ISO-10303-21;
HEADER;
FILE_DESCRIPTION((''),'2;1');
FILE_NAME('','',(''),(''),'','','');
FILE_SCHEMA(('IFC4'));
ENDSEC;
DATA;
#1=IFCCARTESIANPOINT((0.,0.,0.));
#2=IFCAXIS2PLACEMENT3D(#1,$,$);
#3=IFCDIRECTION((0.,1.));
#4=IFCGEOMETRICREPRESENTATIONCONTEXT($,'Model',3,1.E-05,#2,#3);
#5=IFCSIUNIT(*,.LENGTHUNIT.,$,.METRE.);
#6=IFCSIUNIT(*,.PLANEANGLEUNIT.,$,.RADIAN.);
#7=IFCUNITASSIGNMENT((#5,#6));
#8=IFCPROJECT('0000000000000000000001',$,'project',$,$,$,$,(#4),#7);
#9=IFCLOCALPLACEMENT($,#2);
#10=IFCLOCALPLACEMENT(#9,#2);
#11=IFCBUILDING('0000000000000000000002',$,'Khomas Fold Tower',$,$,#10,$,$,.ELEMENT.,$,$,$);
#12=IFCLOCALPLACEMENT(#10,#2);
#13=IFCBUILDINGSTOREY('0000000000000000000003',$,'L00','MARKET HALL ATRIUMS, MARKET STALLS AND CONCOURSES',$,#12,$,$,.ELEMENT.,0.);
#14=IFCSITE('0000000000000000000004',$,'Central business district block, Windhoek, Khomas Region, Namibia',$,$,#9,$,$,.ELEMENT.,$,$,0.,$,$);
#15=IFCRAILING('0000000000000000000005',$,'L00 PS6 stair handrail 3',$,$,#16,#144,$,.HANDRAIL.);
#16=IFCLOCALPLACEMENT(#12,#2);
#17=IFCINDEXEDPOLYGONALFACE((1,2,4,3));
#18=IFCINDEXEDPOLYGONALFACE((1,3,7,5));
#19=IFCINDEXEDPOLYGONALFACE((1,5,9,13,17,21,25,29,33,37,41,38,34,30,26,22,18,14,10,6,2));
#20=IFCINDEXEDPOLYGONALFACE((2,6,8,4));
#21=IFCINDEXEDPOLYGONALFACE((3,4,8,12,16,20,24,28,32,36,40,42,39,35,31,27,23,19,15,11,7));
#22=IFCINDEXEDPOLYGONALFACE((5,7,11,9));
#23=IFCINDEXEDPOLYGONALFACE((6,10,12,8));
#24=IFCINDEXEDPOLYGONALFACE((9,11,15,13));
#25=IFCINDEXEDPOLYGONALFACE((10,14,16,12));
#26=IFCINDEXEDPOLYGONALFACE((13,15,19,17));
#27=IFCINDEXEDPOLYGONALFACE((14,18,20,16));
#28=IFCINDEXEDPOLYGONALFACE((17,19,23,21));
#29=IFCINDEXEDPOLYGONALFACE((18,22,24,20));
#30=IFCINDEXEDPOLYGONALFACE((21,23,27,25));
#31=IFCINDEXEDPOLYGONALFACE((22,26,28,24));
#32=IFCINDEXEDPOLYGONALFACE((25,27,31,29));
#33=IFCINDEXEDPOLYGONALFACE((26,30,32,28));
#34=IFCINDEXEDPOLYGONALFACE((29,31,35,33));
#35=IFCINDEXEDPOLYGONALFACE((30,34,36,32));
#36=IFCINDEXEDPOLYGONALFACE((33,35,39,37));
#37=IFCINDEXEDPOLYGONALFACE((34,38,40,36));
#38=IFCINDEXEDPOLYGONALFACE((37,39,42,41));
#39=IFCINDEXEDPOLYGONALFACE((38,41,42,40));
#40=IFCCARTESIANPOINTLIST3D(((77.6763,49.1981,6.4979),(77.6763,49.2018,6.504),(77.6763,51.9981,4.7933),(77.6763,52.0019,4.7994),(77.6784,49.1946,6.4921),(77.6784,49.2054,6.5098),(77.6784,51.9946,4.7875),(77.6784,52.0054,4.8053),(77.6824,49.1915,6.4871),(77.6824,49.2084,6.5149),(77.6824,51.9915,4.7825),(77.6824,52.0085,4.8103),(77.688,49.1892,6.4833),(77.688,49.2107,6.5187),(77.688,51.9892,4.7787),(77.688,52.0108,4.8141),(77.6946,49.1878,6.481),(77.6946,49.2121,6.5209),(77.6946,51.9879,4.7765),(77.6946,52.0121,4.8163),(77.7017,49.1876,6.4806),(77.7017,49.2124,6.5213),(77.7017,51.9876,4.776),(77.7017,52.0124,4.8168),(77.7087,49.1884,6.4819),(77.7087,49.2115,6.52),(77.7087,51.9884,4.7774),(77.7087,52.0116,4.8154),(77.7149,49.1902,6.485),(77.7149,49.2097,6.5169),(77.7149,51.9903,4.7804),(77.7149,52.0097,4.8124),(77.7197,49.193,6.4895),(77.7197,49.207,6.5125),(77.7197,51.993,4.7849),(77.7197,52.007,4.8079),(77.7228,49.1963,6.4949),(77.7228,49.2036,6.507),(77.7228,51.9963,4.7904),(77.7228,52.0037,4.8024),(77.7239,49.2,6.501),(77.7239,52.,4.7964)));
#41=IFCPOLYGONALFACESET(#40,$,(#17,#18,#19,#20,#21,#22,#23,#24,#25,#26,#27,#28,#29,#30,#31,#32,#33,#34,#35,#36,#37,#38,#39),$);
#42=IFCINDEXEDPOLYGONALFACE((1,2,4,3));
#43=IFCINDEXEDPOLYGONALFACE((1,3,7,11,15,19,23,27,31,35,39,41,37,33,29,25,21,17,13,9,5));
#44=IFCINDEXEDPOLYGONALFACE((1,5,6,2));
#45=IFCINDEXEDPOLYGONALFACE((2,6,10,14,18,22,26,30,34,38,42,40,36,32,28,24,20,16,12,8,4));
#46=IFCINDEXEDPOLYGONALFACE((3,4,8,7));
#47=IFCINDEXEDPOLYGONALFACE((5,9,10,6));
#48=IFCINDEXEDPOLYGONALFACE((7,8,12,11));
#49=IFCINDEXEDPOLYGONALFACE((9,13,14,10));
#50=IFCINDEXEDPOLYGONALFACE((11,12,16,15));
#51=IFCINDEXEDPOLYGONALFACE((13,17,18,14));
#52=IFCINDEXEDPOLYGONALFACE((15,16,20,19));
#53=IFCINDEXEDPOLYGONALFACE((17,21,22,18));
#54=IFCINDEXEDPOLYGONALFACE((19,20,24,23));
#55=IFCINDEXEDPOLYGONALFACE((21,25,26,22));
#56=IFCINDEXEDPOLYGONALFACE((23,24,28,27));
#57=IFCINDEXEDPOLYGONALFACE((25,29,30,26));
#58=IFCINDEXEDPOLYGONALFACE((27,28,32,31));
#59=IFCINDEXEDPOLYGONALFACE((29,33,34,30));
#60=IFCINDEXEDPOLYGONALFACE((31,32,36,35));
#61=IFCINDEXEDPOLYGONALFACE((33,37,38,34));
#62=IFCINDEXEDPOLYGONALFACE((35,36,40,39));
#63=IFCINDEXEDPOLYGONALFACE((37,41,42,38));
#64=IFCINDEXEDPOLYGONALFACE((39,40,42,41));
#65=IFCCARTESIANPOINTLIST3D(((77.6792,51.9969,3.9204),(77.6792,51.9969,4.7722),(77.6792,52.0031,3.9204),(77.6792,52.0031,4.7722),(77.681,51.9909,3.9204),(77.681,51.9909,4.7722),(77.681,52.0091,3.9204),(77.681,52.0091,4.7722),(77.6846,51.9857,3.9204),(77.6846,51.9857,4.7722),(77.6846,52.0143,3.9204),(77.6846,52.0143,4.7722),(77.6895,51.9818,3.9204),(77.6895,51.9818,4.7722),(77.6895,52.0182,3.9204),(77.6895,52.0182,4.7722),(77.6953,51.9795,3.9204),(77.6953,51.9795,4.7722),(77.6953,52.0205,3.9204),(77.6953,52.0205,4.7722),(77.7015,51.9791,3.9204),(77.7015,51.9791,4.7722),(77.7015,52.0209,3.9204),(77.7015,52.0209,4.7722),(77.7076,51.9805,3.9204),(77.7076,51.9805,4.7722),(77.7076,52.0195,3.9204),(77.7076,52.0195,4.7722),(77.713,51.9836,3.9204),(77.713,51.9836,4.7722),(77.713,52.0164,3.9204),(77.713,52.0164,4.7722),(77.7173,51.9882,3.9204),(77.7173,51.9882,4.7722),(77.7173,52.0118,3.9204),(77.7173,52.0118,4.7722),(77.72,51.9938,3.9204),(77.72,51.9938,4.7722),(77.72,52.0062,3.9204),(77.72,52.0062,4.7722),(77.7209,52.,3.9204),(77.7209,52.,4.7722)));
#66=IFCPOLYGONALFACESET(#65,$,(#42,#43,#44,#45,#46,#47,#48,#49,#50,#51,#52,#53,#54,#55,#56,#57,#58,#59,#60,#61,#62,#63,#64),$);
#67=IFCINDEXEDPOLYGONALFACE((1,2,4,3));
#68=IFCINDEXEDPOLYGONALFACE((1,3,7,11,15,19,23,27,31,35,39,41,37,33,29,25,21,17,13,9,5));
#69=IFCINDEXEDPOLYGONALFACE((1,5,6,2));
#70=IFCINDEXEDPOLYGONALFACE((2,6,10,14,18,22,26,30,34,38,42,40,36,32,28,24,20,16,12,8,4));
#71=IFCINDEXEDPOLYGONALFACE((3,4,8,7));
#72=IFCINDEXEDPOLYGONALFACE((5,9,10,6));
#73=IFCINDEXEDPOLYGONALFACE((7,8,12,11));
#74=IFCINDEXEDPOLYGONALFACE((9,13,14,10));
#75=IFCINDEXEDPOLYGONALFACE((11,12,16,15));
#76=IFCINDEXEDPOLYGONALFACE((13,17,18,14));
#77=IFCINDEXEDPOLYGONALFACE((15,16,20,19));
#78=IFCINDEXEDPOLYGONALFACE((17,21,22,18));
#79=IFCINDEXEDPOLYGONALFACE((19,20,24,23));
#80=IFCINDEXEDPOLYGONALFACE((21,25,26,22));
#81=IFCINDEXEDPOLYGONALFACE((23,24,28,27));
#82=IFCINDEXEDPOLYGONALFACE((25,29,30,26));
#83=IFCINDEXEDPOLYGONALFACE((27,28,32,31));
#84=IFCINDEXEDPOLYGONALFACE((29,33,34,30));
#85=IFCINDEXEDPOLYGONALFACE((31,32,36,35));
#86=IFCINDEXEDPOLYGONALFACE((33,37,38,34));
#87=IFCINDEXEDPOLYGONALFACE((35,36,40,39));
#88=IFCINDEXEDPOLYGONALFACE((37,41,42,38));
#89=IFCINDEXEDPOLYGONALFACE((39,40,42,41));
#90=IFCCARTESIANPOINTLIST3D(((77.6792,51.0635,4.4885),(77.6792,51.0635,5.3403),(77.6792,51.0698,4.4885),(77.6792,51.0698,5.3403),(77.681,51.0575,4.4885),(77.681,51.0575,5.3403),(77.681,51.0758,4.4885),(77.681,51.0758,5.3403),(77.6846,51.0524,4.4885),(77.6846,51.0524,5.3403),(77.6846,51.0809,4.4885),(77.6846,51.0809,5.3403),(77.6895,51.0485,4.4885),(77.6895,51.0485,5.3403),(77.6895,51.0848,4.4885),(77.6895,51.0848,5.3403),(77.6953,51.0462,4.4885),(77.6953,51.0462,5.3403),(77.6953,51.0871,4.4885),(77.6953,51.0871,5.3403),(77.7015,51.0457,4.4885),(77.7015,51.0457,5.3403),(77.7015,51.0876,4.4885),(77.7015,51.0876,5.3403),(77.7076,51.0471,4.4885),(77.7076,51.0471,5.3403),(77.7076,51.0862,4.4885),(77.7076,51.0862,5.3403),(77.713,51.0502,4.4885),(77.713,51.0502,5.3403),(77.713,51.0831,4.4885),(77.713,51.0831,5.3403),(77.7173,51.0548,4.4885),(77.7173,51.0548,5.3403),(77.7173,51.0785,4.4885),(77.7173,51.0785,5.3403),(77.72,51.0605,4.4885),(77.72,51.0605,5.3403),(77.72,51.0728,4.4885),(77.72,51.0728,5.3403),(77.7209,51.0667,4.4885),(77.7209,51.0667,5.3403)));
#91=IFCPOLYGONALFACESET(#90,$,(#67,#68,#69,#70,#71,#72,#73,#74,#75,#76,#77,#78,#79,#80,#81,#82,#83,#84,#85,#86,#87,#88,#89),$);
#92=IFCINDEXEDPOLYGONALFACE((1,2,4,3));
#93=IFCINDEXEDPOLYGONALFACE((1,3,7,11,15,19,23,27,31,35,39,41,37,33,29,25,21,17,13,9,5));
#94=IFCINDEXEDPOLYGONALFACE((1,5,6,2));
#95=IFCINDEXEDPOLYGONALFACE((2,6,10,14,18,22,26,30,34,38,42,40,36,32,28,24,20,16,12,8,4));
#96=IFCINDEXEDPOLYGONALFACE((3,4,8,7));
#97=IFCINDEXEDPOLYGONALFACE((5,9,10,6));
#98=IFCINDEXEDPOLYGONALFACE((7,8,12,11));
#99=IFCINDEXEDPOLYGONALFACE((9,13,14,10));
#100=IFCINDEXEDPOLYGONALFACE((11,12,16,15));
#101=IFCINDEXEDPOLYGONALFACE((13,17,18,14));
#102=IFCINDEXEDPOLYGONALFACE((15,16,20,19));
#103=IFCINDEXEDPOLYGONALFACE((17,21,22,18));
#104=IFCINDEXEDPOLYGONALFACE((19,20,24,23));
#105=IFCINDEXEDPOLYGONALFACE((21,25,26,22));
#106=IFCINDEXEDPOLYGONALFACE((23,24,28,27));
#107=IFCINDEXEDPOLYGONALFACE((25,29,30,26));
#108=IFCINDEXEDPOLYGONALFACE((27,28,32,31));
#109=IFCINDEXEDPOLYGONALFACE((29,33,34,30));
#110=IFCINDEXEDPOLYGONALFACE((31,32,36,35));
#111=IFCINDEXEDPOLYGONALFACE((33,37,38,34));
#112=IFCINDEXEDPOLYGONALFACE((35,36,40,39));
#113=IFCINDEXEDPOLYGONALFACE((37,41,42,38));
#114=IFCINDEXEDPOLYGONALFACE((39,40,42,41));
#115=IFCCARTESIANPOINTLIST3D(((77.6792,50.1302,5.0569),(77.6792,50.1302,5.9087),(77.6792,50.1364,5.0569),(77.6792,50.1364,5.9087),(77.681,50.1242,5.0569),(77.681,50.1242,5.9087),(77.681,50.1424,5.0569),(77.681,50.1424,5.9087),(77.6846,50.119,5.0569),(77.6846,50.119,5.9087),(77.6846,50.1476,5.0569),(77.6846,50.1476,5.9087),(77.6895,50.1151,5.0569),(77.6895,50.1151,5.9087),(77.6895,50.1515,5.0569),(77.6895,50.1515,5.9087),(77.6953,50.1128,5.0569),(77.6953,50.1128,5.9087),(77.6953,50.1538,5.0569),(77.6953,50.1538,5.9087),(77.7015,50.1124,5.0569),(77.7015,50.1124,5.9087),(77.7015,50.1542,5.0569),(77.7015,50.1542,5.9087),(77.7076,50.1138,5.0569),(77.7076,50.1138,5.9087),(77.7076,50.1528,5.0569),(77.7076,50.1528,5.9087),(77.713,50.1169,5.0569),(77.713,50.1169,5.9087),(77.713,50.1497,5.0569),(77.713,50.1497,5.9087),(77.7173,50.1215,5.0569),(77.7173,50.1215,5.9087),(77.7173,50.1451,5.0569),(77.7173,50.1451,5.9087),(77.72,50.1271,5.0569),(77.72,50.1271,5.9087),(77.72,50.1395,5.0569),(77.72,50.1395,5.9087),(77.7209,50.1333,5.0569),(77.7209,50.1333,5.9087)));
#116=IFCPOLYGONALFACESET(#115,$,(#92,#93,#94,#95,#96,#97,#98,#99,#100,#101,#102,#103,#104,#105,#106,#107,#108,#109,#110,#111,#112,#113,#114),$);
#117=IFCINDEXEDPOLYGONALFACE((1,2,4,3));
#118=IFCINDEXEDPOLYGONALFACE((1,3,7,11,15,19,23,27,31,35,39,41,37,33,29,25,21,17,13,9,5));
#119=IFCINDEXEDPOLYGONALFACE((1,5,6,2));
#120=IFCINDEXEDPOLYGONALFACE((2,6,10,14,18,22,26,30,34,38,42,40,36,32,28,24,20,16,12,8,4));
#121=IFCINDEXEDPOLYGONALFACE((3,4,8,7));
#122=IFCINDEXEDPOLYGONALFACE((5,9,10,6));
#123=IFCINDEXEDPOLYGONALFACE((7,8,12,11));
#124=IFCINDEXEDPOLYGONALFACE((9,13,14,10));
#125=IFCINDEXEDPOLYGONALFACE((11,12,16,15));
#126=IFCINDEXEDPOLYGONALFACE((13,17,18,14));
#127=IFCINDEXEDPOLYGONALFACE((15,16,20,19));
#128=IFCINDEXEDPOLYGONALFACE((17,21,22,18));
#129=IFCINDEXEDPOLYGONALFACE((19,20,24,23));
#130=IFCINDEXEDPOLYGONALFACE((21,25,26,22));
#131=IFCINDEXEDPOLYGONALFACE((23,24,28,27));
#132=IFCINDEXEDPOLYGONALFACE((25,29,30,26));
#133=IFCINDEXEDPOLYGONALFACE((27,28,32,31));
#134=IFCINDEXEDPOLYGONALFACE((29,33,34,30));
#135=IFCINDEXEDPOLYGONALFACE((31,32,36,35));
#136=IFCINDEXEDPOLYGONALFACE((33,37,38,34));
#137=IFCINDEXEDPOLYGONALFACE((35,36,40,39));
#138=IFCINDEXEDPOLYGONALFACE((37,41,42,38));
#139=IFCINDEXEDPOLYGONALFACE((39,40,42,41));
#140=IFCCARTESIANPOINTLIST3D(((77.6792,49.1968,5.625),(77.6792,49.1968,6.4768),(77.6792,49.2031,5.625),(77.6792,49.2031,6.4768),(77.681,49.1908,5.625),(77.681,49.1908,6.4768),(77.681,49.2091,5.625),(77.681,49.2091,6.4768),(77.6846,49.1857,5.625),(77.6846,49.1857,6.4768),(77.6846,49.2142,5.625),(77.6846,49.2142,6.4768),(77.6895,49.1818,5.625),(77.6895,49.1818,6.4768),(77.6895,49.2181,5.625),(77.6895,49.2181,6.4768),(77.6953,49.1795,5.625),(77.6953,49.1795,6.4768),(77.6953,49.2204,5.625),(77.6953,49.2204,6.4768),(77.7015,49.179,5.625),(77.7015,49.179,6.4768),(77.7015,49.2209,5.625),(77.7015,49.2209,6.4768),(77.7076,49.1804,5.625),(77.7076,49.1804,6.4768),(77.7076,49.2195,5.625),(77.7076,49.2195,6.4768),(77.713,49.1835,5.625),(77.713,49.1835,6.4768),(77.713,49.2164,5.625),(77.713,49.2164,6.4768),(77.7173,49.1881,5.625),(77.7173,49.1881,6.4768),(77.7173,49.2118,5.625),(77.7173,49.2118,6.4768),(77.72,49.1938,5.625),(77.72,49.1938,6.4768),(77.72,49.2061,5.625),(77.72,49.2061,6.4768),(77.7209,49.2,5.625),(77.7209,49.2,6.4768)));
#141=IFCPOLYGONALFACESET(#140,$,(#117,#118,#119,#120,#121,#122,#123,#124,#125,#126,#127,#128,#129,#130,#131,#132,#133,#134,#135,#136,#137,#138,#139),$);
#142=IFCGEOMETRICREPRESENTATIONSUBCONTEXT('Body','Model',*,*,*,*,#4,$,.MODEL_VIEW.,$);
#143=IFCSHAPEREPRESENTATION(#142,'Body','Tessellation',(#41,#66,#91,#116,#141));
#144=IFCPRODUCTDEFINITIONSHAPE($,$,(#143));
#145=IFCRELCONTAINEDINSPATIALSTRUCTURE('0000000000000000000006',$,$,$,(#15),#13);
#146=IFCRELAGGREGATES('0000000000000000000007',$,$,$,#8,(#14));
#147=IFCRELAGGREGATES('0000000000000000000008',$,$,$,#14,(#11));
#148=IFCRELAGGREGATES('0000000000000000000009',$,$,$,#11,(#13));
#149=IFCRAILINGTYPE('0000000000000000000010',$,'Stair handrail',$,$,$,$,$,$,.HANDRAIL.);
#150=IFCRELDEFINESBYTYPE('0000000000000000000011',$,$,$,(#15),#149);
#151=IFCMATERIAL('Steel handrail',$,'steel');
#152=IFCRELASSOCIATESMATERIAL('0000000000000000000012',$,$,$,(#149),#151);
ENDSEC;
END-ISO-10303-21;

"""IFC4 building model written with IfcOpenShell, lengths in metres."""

from ifc_helpers import new_model, si_unit, direction, frame, origin, origin_2d, place, context, subcontext, project, spatial, circle, extrude, source, transform, mapped, material, type_object, element, save


model = new_model("IFC4")

# Units and contexts
model_context = context("Model", 3, precision=1e-05, world=origin(), true_north=direction((0.0, 1.0)))
body_context = subcontext(model_context, "Body", "Model", "MODEL_VIEW")
ifc_project = project(units=[si_unit("LENGTHUNIT", "METRE"), si_unit("PLANEANGLEUNIT", "RADIAN")], contexts=[model_context])

# Site, building, storey
site_placement = place(None, origin())
site = spatial("IfcSite", under=ifc_project, at=site_placement, Name="Central business district block, Windhoek, Khomas Region, Namibia", CompositionType="ELEMENT", RefElevation=0.0)
building_placement = place(site_placement, origin())
building = spatial("IfcBuilding", under=site, at=building_placement, Name="Khomas Fold Tower", CompositionType="ELEMENT")
storey_placement = place(building_placement, origin())
storey = spatial("IfcBuildingStorey", under=building, at=storey_placement, Name="L00", Description="MARKET HALL ATRIUMS, MARKET STALLS AND CONCOURSES", CompositionType="ELEMENT", Elevation=0.0)

# Railing
ifc_material_1 = material(Name="Steel handrail", Category="steel")
railing_type_1 = type_object("IfcRailingType", Name="Stair handrail", PredefinedType="HANDRAIL", material=ifc_material_1)
shared_shape_1 = source(origin(), body_context, "Body", "SweptSolid", [
    extrude(circle(Radius=0.0239, at=origin_2d()), frame((0.0, 0.0, 0.876), z_axis=(0.0, -0.85417, 0.519994), x_axis=(1.0, 0.0, 0.0)), (0.0, 0.0, 1.0), 3.2781),
    extrude(circle(Radius=0.021, at=origin_2d()), origin(), (0.0, 0.0, 1.0), 0.8518),
    extrude(circle(Radius=0.021, at=origin_2d()), frame((0.0, -0.9333, 0.5681)), (0.0, 0.0, 1.0), 0.8518),
    extrude(circle(Radius=0.021, at=origin_2d()), frame((0.0, -1.8667, 1.1365)), (0.0, 0.0, 1.0), 0.8518),
    extrude(circle(Radius=0.021, at=origin_2d()), frame((0.0, -2.8, 1.7046)), (0.0, 0.0, 1.0), 0.8518),
])
for number, where, name in (
    (1, (77.7, 52.0, 3.9204), "L00 PS6 stair handrail 3"),
):
    element("IfcRailing", number, at=place(storey_placement, frame(where)), inside=storey, type_object=railing_type_1, Name=name, PredefinedType="HANDRAIL", context=body_context, shape_type="MappedRepresentation", body=[
        mapped(shared_shape_1, transform((0.0, 0.0, 0.0))),
    ])

save(model, "model.ifc")
